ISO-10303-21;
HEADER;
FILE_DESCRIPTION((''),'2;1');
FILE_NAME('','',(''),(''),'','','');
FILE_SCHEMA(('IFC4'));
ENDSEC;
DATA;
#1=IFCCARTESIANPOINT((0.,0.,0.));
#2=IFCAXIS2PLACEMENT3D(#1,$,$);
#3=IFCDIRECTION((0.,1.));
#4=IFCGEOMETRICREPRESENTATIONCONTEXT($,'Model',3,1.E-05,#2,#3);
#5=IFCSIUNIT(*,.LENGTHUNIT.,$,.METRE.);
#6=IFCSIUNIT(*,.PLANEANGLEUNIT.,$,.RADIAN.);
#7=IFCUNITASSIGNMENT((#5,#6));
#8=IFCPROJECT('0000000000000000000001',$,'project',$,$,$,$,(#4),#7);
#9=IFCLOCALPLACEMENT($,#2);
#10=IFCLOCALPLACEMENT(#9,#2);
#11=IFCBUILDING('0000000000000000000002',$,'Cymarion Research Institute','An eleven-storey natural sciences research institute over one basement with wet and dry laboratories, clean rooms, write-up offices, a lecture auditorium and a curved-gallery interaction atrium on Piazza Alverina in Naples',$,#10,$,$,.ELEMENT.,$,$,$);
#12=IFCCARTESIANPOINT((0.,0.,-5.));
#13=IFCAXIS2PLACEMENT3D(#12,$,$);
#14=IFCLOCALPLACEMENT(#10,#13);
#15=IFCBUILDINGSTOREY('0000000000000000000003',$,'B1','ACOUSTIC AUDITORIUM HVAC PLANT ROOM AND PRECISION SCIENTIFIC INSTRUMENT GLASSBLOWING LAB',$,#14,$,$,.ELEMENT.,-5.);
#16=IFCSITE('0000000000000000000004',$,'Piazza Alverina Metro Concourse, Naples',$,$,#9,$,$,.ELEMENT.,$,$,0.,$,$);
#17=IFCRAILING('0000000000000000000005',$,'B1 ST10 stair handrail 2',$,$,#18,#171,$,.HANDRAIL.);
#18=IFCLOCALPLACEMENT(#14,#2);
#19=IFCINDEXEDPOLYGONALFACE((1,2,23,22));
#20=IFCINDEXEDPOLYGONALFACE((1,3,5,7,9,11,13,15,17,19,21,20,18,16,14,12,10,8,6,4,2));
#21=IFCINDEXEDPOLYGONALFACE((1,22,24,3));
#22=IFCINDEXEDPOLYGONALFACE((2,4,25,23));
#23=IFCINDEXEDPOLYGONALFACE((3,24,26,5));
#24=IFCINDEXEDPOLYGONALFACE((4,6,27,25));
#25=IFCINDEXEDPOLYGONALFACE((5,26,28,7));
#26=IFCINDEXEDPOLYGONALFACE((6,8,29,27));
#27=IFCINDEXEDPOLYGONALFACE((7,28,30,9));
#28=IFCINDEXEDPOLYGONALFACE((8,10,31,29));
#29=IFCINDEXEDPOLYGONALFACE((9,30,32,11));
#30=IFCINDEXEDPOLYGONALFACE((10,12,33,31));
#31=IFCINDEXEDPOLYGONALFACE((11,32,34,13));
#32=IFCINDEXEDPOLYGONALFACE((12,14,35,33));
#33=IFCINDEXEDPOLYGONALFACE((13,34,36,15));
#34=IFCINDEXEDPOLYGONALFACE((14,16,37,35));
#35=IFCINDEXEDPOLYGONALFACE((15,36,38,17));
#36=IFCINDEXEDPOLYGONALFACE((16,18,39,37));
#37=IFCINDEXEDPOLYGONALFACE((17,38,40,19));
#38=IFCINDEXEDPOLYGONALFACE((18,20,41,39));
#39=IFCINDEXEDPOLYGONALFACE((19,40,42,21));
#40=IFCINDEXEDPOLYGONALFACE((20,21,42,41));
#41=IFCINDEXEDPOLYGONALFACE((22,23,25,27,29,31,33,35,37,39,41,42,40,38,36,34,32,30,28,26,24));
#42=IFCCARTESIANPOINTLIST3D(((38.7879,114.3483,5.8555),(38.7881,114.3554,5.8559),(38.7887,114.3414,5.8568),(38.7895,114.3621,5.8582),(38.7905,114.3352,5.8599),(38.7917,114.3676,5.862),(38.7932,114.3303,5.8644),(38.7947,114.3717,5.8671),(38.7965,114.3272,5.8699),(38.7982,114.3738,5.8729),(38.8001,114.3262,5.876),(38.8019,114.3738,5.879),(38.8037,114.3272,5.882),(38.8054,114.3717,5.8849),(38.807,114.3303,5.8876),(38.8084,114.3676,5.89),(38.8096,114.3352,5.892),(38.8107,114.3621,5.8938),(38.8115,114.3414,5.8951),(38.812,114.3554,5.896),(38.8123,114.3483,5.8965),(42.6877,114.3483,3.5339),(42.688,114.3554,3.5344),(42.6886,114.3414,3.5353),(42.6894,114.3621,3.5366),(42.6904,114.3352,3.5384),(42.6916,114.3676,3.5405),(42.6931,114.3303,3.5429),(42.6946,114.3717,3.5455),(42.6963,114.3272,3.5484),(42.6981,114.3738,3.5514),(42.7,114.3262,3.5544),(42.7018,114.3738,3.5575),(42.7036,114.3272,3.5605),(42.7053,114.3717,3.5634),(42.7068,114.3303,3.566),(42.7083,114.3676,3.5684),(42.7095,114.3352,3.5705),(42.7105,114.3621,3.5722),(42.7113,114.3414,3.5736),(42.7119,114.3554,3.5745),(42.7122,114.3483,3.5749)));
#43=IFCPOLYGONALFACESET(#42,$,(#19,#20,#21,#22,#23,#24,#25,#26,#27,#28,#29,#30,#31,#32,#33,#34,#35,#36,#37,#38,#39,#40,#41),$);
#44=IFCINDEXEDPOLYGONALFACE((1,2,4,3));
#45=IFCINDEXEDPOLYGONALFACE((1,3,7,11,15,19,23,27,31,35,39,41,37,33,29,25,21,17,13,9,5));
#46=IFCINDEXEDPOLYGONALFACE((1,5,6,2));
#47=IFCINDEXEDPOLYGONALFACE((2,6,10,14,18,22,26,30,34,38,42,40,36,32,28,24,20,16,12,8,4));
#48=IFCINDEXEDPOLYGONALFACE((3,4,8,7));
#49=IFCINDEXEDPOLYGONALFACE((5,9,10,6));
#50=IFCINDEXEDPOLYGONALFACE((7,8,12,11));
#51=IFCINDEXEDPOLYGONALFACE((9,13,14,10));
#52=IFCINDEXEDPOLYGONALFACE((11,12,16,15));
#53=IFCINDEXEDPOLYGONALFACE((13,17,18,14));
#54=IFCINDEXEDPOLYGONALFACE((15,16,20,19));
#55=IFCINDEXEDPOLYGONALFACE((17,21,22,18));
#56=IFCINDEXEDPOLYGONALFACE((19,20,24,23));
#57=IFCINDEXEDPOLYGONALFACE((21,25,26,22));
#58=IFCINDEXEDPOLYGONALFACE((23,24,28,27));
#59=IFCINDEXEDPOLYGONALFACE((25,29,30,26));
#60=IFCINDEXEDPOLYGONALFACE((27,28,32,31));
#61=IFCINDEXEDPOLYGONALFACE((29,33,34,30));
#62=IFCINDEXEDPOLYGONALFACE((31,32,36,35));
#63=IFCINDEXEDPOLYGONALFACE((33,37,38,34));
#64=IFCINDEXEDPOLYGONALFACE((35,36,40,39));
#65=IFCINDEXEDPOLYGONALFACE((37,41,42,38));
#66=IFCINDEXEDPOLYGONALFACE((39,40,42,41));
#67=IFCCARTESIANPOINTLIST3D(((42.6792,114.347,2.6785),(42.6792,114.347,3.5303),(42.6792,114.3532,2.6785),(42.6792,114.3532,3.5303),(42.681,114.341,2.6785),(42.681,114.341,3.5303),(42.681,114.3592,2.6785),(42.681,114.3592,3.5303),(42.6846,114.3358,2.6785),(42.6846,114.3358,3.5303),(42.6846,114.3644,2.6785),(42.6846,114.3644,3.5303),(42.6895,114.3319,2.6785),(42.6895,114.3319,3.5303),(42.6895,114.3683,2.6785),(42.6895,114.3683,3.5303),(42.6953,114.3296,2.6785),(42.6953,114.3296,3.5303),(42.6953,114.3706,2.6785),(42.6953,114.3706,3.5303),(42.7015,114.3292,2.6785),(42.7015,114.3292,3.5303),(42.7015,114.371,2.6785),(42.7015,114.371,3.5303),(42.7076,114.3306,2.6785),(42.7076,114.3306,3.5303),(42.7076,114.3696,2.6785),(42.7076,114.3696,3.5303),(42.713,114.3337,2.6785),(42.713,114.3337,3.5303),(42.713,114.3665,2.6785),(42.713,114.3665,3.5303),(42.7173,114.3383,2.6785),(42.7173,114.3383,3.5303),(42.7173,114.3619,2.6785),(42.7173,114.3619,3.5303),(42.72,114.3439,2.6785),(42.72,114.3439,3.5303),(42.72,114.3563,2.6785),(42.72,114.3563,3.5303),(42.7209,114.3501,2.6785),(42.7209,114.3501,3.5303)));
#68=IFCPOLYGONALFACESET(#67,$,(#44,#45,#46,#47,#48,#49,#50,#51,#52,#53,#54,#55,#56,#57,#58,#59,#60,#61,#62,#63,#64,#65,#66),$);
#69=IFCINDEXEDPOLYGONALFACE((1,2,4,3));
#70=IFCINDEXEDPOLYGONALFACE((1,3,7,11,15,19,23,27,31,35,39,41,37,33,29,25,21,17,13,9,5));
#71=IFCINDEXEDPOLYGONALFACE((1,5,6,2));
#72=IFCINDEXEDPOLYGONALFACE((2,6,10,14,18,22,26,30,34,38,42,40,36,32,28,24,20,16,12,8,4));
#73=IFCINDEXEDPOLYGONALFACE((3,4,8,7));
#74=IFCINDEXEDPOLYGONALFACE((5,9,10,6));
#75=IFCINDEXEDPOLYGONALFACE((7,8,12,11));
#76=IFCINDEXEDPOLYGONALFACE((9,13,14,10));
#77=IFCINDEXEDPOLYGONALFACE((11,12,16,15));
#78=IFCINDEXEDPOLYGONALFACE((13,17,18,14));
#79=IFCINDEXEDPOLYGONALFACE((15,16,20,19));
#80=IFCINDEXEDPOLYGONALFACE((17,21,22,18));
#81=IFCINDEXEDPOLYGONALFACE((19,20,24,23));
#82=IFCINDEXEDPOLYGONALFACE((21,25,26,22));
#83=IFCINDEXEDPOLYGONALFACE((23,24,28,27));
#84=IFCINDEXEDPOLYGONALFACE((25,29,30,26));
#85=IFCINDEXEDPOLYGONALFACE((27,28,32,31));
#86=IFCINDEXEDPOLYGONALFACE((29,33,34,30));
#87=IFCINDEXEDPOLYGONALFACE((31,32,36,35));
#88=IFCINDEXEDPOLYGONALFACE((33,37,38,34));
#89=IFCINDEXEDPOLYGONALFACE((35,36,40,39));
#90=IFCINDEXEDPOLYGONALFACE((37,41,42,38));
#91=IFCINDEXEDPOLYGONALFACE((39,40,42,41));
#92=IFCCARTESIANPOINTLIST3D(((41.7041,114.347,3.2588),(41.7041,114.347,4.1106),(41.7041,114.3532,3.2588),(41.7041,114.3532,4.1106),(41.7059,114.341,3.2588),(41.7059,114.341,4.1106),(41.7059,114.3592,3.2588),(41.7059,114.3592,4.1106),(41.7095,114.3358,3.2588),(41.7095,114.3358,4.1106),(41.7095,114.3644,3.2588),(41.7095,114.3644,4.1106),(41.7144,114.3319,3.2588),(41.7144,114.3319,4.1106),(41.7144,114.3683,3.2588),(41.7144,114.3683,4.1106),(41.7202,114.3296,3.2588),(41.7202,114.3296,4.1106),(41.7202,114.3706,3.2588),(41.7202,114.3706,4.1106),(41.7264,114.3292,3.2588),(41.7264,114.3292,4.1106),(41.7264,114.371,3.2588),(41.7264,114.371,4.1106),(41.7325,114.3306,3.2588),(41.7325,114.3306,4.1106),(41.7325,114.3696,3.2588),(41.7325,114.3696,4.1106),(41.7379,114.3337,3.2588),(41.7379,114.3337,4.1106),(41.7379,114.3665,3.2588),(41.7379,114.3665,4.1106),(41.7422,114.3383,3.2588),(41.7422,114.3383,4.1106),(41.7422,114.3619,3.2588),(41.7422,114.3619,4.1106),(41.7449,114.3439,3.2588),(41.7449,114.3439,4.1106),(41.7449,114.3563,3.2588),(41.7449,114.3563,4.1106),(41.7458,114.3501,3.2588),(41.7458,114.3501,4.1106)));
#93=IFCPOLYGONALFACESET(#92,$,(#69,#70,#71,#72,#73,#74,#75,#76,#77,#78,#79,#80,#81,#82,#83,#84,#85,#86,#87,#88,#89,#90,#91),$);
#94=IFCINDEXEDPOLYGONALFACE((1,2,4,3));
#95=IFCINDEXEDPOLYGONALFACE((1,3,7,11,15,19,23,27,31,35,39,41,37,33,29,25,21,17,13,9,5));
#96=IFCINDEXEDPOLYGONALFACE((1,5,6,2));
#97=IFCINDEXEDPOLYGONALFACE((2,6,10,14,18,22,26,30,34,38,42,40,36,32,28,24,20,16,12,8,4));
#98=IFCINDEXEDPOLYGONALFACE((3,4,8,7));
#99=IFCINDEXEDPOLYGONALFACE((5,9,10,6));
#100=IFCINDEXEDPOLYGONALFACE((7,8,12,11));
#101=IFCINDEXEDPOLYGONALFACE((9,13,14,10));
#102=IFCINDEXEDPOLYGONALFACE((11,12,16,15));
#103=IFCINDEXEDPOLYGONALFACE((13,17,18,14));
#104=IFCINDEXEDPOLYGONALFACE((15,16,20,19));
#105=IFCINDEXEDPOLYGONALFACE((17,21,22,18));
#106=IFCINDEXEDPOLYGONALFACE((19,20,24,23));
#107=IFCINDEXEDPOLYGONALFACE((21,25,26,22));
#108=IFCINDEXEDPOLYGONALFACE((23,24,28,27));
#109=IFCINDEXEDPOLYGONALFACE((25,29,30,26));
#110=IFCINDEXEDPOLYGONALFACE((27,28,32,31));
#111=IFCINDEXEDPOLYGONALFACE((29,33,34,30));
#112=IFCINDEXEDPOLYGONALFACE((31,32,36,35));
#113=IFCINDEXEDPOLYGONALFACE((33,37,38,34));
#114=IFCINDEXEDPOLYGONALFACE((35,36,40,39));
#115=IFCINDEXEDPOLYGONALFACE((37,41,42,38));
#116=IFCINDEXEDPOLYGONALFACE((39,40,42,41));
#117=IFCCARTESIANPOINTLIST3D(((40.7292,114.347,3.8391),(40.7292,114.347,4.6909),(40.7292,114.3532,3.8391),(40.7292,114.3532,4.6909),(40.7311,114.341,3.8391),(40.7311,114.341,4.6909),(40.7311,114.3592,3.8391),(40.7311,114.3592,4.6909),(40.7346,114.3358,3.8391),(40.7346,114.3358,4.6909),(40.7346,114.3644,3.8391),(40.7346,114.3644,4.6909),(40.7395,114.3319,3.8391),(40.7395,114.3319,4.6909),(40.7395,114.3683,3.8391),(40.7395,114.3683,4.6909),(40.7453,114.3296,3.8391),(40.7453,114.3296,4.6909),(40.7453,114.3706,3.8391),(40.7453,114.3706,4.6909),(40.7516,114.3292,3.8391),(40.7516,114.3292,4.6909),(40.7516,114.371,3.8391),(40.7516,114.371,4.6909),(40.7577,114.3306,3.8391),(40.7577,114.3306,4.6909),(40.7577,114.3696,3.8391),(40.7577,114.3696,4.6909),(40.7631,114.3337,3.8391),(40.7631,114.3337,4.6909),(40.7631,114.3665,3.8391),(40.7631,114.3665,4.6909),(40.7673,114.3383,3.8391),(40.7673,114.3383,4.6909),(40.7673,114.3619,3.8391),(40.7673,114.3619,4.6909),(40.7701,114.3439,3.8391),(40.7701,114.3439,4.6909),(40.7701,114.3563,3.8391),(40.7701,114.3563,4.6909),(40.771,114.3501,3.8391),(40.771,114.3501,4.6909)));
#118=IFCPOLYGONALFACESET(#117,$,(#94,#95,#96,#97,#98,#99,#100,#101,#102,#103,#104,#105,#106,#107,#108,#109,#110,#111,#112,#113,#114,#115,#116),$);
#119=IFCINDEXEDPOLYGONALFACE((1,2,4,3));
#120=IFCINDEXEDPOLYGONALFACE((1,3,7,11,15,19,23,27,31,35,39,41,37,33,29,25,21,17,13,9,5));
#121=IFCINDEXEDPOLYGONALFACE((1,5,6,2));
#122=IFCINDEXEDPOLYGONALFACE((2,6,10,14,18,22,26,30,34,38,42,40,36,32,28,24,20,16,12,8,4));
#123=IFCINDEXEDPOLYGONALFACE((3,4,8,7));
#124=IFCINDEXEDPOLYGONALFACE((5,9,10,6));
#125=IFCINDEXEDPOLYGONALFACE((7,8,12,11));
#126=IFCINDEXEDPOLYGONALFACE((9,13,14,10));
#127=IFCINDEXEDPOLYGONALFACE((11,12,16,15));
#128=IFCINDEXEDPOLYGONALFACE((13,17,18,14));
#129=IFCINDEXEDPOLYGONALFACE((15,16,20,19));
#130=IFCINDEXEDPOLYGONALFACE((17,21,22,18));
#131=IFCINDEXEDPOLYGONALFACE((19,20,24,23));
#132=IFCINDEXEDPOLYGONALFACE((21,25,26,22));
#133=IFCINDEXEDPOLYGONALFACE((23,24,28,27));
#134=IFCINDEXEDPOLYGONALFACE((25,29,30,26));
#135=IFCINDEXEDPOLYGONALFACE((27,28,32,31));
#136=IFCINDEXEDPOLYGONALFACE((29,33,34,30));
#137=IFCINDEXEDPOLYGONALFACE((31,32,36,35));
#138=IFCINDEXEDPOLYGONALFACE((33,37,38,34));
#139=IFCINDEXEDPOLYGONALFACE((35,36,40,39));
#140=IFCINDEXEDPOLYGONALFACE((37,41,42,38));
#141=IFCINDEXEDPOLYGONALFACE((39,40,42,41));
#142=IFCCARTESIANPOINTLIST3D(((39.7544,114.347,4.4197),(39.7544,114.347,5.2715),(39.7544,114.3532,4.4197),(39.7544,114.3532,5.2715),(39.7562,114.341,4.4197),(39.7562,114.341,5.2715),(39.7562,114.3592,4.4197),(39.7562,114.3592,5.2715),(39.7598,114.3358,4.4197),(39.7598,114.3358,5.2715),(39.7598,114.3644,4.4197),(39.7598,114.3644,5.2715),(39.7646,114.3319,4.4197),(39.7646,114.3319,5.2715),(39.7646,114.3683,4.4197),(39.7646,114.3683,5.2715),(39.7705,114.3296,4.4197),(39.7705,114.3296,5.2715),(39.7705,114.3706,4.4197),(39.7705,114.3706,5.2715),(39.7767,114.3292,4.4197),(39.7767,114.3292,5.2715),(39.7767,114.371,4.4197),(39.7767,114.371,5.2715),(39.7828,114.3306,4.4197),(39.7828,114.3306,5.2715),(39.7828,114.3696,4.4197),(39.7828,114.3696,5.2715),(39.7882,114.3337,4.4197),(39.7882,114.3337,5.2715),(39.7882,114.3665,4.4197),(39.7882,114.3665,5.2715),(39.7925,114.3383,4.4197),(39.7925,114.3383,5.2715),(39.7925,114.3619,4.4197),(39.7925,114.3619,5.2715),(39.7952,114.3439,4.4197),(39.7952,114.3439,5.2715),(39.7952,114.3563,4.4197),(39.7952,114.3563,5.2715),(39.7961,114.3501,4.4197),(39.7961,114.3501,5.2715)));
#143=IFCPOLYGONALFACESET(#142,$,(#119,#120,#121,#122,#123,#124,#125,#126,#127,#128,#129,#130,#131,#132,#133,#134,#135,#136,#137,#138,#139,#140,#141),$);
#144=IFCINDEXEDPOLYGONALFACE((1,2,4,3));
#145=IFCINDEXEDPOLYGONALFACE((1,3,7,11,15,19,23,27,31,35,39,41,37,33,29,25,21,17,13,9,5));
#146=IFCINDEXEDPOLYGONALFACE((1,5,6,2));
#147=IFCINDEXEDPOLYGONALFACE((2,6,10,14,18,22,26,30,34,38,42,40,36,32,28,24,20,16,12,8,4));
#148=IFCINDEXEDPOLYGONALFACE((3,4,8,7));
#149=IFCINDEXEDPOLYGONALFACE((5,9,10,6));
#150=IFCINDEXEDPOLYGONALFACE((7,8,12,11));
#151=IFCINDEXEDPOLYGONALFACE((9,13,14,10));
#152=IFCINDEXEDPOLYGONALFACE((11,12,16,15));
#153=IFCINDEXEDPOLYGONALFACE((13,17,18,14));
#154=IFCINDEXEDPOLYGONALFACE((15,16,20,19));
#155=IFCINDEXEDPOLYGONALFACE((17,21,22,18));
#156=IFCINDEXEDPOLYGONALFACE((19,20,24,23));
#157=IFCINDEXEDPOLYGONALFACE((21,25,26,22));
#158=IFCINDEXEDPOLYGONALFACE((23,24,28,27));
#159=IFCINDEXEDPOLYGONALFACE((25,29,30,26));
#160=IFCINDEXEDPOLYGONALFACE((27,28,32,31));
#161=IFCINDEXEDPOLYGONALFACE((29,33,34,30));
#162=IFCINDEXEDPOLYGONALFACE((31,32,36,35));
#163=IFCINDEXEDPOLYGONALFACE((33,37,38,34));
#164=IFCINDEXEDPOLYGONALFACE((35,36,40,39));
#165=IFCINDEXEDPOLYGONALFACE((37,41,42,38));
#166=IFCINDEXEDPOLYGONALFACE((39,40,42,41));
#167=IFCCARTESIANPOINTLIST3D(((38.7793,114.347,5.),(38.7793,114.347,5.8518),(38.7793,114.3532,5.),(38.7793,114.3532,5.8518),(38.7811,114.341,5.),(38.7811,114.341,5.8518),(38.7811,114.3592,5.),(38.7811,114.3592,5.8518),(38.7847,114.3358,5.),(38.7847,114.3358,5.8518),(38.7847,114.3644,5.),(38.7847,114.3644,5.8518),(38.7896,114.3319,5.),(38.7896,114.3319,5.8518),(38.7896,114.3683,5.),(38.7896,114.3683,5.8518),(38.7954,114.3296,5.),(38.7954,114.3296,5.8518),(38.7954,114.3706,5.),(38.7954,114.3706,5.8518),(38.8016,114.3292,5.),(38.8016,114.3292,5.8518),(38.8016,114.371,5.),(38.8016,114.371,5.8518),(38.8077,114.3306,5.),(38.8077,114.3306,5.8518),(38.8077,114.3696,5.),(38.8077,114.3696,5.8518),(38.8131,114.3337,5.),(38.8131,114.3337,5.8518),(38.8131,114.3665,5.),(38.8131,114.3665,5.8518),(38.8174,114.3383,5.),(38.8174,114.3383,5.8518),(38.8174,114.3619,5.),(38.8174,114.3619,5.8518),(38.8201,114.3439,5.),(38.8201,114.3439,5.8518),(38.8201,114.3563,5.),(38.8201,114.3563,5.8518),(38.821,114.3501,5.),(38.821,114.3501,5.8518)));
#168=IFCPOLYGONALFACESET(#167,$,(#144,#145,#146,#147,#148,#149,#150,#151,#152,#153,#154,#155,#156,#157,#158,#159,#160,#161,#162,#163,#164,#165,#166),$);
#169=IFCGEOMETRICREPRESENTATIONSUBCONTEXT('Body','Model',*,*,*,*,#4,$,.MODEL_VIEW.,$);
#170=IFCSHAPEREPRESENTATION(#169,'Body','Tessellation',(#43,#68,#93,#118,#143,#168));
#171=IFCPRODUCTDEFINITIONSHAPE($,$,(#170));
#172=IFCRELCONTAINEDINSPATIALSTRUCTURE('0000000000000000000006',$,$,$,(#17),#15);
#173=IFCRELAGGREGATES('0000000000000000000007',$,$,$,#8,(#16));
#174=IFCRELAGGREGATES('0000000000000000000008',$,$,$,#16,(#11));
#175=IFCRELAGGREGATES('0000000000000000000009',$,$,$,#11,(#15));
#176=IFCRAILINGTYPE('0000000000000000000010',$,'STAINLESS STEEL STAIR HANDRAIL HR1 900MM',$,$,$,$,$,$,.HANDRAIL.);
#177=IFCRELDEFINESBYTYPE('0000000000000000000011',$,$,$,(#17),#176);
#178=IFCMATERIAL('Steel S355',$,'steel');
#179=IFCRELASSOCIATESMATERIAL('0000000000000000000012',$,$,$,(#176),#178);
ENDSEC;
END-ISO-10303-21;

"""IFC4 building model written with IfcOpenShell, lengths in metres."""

from ifc_helpers import new_model, si_unit, direction, frame, origin, origin_2d, place, context, subcontext, project, spatial, circle, extrude, material, type_object, element, save


model = new_model("IFC4")

# Units and contexts
model_context = context("Model", 3, precision=1e-05, world=origin(), true_north=direction((0.0, 1.0)))
body_context = subcontext(model_context, "Body", "Model", "MODEL_VIEW")
ifc_project = project(units=[si_unit("LENGTHUNIT", "METRE"), si_unit("PLANEANGLEUNIT", "RADIAN")], contexts=[model_context])

# Site, building, storey
site_placement = place(None, origin())
site = spatial("IfcSite", under=ifc_project, at=site_placement, Name="Piazza Alverina Metro Concourse, Naples", CompositionType="ELEMENT", RefElevation=0.0)
building_placement = place(site_placement, origin())
building = spatial("IfcBuilding", under=site, at=building_placement, Name="Cymarion Research Institute", Description="An eleven-storey natural sciences research institute over one basement with wet and dry laboratories, clean rooms, write-up offices, a lecture auditorium and a curved-gallery interaction atrium on Piazza Alverina in Naples", CompositionType="ELEMENT")
storey_placement = place(building_placement, frame((0.0, 0.0, -5.0)))
storey = spatial("IfcBuildingStorey", under=building, at=storey_placement, Name="B1", Description="ACOUSTIC AUDITORIUM HVAC PLANT ROOM AND PRECISION SCIENTIFIC INSTRUMENT GLASSBLOWING LAB", CompositionType="ELEMENT", Elevation=-5.0)

# Shared definitions
ifc_material_1 = material(Name="Steel S355", Category="steel")

# Railing
railing_type_1 = type_object("IfcRailingType", Name="STAINLESS STEEL STAIR HANDRAIL HR1 900MM", PredefinedType="HANDRAIL", material=ifc_material_1)
railing_1_placement = place(storey_placement, frame((42.7, 114.3501, 2.6785)))
element("IfcRailing", 1, at=railing_1_placement, inside=storey, type_object=railing_type_1, Name="B1 ST10 stair handrail 2", PredefinedType="HANDRAIL", context=body_context, shape_type="SweptSolid", body=[
    extrude(circle(Radius=0.0239, at=origin_2d()), frame((0.0, 0.0, 0.876), z_axis=(-0.859277, 0.0, 0.51151), x_axis=(0.0, -1.0, 0.0)), (0.0, 0.0, 1.0), 4.5386),
    extrude(circle(Radius=0.021, at=origin_2d()), origin(), (0.0, 0.0, 1.0), 0.8518),
    extrude(circle(Radius=0.021, at=origin_2d()), frame((-0.9751, 0.0, 0.5803)), (0.0, 0.0, 1.0), 0.8518),
    extrude(circle(Radius=0.021, at=origin_2d()), frame((-1.95, 0.0, 1.1606)), (0.0, 0.0, 1.0), 0.8518),
    extrude(circle(Radius=0.021, at=origin_2d()), frame((-2.9248, 0.0, 1.7412)), (0.0, 0.0, 1.0), 0.8518),
    extrude(circle(Radius=0.021, at=origin_2d()), frame((-3.8999, 0.0, 2.3215)), (0.0, 0.0, 1.0), 0.8518),
])

save(model, "model.ifc")
